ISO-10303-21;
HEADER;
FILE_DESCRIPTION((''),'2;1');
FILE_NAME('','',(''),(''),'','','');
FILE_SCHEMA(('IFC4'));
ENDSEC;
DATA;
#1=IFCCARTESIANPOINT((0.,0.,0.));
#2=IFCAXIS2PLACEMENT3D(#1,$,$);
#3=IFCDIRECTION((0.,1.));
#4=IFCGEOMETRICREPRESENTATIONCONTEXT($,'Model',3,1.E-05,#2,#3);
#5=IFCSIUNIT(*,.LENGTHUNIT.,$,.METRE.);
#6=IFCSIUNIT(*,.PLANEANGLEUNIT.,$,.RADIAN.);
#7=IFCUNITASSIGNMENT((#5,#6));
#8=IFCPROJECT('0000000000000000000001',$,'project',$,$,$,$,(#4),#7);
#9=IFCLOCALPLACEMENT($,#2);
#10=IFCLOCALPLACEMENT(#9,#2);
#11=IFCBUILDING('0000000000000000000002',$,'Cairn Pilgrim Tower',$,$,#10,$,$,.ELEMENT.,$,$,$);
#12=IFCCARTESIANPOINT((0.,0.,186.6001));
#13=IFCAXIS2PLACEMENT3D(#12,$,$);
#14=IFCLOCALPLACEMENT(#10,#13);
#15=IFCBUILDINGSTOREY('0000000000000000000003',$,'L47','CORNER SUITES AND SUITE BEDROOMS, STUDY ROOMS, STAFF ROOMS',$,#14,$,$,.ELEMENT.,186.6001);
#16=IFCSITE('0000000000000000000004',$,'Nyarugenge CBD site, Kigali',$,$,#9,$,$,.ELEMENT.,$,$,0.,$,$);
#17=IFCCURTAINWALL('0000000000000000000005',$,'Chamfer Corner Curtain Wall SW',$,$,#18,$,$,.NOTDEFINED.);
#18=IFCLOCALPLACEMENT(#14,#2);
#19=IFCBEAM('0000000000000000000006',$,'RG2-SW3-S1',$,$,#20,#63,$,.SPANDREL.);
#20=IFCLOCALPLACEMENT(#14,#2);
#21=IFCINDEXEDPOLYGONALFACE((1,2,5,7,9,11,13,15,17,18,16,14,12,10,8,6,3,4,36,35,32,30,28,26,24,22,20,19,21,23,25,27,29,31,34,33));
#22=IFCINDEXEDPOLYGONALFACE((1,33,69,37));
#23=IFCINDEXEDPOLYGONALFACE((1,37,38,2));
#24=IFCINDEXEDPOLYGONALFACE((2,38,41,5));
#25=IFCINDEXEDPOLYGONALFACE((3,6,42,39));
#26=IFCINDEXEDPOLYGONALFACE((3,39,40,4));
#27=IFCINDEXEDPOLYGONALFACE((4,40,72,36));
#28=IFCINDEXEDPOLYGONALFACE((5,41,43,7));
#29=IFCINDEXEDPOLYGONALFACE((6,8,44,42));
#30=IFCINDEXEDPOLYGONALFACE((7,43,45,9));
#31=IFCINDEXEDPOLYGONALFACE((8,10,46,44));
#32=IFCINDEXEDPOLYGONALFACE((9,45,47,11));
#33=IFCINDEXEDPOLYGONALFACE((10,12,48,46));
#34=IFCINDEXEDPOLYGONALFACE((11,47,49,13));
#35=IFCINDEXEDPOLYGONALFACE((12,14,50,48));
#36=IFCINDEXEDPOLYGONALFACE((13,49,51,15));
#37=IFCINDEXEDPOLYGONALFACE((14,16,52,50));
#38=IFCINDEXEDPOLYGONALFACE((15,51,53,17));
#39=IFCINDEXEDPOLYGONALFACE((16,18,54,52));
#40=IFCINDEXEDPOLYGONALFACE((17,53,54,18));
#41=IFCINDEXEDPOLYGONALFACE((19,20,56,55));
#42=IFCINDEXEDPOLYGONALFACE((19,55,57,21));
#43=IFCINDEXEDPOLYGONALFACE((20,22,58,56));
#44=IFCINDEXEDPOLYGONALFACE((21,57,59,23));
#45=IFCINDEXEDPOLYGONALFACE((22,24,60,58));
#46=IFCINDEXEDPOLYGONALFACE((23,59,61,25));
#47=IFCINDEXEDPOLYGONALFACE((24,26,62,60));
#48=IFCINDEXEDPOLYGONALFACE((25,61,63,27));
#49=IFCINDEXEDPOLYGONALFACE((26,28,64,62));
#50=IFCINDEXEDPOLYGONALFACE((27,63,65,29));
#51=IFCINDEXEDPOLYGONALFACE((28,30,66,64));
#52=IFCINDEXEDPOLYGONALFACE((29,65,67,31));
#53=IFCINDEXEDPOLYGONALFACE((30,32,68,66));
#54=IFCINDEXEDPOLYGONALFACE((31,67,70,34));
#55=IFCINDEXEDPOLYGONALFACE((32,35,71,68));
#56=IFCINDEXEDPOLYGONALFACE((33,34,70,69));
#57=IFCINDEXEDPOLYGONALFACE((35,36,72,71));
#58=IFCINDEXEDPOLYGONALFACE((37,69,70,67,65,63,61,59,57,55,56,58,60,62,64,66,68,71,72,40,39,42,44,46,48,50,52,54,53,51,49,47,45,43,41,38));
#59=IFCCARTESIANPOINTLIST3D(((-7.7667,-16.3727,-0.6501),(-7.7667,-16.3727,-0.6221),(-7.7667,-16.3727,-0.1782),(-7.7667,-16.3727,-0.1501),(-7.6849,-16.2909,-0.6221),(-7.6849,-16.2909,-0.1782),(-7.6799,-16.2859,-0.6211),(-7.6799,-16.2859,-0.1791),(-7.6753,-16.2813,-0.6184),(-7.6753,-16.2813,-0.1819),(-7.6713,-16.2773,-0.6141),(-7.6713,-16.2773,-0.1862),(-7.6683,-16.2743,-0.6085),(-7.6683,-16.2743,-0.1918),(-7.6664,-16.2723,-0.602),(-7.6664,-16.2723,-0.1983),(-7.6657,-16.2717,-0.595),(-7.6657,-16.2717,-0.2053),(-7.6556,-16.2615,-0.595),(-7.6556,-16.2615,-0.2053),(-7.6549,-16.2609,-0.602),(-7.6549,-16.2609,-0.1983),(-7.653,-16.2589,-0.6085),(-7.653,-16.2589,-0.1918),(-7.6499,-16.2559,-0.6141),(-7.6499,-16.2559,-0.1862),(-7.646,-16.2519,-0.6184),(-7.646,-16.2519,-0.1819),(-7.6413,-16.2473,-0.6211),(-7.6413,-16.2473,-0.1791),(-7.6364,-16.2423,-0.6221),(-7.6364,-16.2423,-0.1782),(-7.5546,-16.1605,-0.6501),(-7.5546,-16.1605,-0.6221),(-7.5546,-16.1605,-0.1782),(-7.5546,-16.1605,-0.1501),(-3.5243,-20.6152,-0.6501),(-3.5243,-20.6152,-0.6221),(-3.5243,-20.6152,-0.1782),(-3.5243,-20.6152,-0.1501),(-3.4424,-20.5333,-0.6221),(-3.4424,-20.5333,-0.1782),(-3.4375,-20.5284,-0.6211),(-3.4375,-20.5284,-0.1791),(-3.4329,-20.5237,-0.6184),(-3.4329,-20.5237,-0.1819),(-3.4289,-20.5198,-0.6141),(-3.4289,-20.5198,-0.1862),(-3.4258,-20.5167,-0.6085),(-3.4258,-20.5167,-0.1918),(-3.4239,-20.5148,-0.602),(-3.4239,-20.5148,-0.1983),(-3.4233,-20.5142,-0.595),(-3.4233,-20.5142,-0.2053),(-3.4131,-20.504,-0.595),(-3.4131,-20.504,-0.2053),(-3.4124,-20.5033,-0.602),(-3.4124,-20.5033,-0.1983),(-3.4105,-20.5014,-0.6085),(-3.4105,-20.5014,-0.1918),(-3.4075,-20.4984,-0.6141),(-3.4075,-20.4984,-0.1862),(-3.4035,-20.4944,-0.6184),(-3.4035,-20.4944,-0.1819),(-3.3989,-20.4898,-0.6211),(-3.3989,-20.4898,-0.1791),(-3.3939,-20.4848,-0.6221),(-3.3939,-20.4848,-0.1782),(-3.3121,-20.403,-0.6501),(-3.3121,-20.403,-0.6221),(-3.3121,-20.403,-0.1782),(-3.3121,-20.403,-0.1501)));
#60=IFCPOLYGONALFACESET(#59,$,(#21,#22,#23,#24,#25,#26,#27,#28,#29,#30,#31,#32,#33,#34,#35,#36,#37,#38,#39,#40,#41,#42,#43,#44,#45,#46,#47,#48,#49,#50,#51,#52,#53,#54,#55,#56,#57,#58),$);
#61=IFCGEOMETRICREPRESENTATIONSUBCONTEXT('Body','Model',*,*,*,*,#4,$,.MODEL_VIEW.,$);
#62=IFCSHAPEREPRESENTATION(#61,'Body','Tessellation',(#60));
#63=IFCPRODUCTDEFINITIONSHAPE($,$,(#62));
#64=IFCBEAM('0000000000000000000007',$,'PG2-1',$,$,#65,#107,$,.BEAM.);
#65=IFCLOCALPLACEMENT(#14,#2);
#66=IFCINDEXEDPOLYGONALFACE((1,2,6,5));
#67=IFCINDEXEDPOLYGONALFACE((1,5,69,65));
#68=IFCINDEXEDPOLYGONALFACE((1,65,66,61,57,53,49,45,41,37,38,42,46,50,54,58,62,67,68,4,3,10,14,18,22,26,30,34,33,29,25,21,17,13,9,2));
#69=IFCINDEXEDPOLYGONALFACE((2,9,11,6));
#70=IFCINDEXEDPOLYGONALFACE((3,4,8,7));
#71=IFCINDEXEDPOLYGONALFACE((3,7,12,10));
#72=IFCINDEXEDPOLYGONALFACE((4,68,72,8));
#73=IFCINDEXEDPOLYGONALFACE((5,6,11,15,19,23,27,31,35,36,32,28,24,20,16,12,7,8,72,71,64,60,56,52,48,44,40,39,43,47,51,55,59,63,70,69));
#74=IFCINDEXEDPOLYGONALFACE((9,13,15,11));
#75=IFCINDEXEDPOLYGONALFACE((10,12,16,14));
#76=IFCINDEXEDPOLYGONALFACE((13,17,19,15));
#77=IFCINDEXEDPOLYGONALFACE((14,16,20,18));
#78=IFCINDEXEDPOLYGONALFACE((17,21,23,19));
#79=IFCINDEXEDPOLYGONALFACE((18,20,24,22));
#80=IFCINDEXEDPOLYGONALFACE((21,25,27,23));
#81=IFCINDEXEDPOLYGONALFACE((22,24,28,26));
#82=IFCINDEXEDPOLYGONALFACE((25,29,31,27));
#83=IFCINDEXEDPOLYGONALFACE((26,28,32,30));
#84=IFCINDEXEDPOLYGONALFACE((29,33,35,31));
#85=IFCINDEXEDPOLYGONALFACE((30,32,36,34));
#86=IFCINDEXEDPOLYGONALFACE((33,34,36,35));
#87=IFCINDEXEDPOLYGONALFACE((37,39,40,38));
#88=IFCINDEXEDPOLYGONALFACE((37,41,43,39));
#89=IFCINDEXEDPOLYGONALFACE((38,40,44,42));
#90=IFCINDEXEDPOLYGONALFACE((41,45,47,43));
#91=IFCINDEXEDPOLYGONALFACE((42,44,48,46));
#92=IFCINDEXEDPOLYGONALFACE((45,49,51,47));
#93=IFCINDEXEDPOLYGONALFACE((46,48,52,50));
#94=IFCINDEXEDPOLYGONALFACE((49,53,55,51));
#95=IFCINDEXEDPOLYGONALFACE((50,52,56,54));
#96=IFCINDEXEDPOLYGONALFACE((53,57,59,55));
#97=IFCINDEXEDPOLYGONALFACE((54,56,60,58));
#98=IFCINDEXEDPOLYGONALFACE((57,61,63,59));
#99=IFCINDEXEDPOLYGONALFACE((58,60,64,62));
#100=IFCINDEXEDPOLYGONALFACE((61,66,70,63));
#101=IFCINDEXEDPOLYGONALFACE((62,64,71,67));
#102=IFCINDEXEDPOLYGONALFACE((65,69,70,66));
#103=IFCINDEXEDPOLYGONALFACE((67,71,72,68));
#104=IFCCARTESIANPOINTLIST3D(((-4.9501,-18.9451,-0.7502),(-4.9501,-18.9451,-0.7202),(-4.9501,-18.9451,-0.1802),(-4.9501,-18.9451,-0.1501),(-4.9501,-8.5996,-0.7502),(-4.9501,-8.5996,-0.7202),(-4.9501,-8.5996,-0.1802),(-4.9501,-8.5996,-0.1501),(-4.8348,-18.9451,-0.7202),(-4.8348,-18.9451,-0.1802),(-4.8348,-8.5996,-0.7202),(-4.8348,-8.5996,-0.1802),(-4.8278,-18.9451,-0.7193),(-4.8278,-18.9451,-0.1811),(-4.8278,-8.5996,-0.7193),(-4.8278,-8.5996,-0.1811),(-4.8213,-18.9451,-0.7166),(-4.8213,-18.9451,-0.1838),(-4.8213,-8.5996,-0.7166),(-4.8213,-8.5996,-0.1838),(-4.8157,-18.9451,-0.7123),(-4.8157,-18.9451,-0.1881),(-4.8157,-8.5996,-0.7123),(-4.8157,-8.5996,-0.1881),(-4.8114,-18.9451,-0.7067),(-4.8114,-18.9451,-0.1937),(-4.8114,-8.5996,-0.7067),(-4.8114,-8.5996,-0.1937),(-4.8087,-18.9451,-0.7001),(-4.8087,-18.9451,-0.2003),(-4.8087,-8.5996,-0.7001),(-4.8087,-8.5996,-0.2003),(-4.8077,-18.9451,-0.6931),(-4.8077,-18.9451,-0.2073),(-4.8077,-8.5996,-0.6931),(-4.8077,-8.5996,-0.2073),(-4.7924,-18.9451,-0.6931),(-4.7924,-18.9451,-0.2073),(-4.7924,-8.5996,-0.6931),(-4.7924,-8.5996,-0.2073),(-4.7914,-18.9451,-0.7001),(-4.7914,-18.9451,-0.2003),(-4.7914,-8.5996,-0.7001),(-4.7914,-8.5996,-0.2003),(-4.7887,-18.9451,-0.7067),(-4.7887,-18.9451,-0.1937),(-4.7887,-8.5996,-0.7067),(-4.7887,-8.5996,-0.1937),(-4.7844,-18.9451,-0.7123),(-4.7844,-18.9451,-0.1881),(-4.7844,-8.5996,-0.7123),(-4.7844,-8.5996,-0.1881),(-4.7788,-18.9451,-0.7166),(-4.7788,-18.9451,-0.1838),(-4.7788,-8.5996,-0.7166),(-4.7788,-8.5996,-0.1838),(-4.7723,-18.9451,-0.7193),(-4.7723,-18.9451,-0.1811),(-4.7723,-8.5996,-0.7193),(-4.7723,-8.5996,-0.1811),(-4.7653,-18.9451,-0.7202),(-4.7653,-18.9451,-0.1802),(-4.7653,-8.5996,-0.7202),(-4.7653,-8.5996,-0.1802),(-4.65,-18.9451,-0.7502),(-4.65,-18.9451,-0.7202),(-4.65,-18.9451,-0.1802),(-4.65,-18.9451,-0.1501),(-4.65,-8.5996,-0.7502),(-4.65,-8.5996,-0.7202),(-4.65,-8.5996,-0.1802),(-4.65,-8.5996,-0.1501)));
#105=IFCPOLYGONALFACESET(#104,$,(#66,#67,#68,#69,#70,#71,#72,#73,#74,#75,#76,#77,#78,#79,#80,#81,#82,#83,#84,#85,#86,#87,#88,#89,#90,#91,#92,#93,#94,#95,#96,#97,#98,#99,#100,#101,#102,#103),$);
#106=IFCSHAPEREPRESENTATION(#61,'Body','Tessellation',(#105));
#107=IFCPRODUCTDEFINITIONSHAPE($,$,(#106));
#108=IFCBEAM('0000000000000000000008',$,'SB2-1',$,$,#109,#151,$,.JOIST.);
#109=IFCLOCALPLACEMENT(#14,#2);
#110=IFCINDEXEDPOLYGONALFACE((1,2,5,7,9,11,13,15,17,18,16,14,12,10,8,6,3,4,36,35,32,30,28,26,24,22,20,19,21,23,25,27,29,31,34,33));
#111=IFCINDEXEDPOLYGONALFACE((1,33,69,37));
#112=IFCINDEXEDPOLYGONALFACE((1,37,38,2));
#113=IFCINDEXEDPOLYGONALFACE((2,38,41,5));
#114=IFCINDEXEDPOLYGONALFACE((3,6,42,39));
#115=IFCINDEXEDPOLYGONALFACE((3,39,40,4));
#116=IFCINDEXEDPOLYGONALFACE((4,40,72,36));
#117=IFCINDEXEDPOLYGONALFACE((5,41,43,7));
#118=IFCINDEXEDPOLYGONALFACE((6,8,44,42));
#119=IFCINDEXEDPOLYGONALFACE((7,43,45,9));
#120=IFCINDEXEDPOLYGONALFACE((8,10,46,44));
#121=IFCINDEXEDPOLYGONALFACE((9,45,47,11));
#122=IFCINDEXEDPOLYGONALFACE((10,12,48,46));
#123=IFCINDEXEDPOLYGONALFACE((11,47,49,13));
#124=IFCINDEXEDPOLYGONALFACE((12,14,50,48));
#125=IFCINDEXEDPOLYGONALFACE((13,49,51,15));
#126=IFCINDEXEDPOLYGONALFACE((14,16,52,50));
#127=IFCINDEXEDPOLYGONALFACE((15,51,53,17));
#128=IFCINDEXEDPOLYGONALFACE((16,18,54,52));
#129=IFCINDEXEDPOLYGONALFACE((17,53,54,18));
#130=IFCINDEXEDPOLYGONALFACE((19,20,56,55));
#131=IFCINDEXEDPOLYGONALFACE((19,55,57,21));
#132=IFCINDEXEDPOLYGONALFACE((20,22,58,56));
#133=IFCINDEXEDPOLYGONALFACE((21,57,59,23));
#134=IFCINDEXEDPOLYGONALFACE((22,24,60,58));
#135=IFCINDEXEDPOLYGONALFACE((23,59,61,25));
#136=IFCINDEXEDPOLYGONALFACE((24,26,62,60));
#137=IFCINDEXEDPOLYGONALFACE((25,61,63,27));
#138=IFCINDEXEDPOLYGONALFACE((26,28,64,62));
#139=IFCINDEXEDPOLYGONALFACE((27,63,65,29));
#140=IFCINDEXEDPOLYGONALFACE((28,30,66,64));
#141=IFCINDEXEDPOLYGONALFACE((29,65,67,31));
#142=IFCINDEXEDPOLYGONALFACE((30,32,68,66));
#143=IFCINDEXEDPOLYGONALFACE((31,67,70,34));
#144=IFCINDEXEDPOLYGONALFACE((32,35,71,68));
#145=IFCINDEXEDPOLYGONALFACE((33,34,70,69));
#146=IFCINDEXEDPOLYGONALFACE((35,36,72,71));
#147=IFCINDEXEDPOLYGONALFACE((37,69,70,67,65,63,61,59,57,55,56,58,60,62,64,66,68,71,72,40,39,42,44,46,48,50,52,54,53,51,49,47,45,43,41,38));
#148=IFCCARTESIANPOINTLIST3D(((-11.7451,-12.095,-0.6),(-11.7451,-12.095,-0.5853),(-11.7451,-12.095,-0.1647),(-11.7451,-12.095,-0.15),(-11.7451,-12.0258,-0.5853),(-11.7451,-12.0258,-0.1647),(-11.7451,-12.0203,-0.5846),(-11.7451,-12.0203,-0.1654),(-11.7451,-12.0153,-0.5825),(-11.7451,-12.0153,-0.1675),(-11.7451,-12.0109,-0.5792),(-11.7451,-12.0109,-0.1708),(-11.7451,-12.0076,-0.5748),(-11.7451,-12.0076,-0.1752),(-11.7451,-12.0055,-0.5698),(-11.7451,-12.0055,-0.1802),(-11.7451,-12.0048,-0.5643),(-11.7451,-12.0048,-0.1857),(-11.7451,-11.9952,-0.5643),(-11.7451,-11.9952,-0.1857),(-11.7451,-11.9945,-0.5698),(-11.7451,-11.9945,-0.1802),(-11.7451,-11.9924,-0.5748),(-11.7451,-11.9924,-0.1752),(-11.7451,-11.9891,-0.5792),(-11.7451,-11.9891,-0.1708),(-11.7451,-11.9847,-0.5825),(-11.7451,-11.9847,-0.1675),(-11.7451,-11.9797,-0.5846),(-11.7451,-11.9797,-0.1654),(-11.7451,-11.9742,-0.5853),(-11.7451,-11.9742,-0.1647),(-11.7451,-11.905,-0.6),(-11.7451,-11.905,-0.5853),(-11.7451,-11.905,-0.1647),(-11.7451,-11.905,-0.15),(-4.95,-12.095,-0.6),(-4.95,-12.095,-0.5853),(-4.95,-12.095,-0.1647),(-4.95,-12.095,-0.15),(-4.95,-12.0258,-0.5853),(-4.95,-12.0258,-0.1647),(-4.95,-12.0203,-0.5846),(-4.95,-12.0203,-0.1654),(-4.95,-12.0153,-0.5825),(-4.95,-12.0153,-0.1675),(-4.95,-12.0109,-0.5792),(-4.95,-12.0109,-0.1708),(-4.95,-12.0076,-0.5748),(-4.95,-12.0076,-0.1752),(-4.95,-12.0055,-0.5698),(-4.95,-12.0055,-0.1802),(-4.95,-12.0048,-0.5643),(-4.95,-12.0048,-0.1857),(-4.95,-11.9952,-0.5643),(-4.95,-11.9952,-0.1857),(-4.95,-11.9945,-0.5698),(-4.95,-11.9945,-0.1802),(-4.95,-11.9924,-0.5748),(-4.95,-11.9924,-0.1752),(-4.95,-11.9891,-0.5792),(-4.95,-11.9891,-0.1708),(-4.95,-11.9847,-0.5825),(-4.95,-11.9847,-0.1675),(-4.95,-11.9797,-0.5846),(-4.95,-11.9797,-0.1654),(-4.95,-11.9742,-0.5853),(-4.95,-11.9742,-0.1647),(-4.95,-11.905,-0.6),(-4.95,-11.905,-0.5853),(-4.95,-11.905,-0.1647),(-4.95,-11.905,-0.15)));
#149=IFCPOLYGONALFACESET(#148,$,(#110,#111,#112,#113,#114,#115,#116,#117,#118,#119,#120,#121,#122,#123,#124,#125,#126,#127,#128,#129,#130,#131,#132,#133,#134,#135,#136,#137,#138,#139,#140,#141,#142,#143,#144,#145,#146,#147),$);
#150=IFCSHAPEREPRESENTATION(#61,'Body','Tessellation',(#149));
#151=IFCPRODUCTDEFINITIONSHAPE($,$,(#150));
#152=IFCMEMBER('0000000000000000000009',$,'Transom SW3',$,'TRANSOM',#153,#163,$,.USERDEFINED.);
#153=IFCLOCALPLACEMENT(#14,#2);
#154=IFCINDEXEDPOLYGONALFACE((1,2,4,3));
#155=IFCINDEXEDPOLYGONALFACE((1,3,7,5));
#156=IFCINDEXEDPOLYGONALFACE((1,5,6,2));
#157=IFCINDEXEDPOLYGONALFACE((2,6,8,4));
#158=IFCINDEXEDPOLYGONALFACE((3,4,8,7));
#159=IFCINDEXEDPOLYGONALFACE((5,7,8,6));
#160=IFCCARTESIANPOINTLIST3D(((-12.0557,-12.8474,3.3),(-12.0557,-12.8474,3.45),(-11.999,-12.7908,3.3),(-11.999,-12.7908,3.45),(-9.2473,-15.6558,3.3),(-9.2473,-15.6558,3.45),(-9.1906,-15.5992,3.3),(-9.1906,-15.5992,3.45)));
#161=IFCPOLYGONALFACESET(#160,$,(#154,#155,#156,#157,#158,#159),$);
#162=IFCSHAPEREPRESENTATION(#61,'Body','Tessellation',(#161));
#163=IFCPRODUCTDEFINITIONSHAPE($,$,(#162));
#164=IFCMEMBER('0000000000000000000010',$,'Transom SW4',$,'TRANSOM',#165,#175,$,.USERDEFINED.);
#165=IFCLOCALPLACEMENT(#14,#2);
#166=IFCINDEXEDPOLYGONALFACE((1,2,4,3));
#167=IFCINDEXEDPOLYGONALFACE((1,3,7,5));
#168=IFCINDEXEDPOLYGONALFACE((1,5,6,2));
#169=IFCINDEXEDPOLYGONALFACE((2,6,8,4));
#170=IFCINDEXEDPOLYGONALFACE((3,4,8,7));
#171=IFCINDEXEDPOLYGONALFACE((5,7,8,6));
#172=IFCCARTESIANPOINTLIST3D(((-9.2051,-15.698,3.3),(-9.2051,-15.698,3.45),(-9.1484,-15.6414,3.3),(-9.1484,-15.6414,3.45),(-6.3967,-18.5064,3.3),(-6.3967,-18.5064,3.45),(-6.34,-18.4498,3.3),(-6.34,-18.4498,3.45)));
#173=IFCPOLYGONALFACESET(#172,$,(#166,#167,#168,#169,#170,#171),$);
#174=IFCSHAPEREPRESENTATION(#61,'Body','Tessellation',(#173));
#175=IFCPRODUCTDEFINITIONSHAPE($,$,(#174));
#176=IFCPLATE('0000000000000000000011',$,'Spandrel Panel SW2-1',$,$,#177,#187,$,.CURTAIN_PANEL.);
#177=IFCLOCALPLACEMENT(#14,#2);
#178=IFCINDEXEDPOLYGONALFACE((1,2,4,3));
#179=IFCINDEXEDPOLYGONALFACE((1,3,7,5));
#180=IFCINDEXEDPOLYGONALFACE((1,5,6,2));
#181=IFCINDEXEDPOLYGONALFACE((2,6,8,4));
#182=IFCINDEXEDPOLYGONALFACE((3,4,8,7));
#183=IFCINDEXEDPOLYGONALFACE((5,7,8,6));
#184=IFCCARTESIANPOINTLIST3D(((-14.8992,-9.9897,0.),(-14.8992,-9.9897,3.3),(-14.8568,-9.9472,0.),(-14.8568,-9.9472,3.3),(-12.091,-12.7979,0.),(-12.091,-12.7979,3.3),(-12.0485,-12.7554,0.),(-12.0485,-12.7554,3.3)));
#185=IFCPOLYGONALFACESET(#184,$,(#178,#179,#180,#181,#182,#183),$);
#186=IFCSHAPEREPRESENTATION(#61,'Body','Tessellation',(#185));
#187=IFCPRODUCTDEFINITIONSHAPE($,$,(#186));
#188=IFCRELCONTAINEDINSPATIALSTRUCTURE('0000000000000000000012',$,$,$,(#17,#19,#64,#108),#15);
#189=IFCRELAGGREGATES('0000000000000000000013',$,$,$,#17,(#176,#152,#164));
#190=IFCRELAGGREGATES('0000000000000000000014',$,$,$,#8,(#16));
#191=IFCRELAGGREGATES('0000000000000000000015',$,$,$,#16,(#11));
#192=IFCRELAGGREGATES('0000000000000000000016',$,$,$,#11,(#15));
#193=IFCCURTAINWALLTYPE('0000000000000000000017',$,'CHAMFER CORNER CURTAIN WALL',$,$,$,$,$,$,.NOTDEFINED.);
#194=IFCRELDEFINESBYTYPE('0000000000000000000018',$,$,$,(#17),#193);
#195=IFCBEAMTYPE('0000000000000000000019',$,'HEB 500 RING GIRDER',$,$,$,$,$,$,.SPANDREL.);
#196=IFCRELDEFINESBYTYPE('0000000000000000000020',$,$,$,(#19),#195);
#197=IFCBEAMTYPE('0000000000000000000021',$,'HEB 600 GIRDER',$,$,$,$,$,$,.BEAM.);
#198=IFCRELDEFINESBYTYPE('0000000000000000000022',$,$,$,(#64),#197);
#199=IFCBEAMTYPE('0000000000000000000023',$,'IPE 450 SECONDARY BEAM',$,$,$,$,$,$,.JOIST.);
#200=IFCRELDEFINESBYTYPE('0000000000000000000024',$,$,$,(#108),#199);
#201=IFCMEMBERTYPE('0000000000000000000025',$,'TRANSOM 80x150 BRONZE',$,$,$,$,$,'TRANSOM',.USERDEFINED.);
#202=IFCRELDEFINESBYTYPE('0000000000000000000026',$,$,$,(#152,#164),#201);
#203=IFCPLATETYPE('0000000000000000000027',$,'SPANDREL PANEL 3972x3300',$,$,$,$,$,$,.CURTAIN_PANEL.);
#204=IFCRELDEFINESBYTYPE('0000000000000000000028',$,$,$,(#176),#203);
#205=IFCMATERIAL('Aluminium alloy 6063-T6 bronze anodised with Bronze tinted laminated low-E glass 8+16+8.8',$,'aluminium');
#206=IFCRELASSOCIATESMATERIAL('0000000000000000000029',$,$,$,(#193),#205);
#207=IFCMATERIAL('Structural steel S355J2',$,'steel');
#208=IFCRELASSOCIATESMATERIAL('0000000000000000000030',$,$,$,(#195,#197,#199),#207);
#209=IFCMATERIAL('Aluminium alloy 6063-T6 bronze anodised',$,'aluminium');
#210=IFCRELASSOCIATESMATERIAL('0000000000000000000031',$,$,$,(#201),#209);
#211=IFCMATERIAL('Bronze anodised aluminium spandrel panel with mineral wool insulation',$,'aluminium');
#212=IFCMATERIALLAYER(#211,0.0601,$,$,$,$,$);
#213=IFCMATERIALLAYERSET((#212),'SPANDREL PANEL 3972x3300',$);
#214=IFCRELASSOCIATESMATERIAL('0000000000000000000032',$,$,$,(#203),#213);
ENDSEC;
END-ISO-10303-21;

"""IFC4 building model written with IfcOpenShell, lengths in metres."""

from ifc_helpers import new_model, si_unit, direction, frame, origin, origin_2d, place, context, subcontext, project, spatial, rectangle, i_section, extrude, material, layer, layer_set, material_profile, profile_set, type_object, element, aggregate, save


model = new_model("IFC4")

# Units and contexts
model_context = context("Model", 3, precision=1e-05, world=origin(), true_north=direction((0.0, 1.0)))
body_context = subcontext(model_context, "Body", "Model", "MODEL_VIEW")
ifc_project = project(units=[si_unit("LENGTHUNIT", "METRE"), si_unit("PLANEANGLEUNIT", "RADIAN")], contexts=[model_context])

# Site, building, storey
site_placement = place(None, origin())
site = spatial("IfcSite", under=ifc_project, at=site_placement, Name="Nyarugenge CBD site, Kigali", CompositionType="ELEMENT", RefElevation=0.0)
building_placement = place(site_placement, origin())
building = spatial("IfcBuilding", under=site, at=building_placement, Name="Cairn Pilgrim Tower", CompositionType="ELEMENT")
storey_placement = place(building_placement, frame((0.0, 0.0, 186.6001)))
storey = spatial("IfcBuildingStorey", under=building, at=storey_placement, Name="L47", Description="CORNER SUITES AND SUITE BEDROOMS, STUDY ROOMS, STAFF ROOMS", CompositionType="ELEMENT", Elevation=186.6001)

# Shared definitions
ifc_material_1 = material(Name="Structural steel S355J2", Category="steel")

# Curtain wall
ifc_material_2 = material(Name="Aluminium alloy 6063-T6 bronze anodised with Bronze tinted laminated low-E glass 8+16+8.8", Category="aluminium")
curtain_wall_type = type_object("IfcCurtainWallType", Name="CHAMFER CORNER CURTAIN WALL", PredefinedType="NOTDEFINED", material=ifc_material_2)
curtain_wall_placement = place(storey_placement, origin())
curtain_wall = element("IfcCurtainWall", 1, at=curtain_wall_placement, inside=storey, type_object=curtain_wall_type, Name="Chamfer Corner Curtain Wall SW", PredefinedType="NOTDEFINED")
ifc_material_3 = material(Name="Aluminium alloy 6063-T6 bronze anodised", Category="aluminium")

# Beams
ifc_material_profile_1 = material_profile(ifc_material_1, i_section(OverallWidth=0.3, OverallDepth=0.5, WebThickness=0.0144, FlangeThickness=0.0281, FilletRadius=0.0271, at=origin_2d()), Name="HEB 500")
ifc_profile_set_1 = profile_set([ifc_material_profile_1], Name="Structural steel S355J2")
beam_type_1 = type_object("IfcBeamType", Name="HEB 500 RING GIRDER", PredefinedType="SPANDREL", material=ifc_profile_set_1)
beam_1_placement = place(storey_placement, frame((-7.6606, -16.2666, -0.4001), z_axis=(0.707107, -0.707107, 0.0), x_axis=(0.707107, 0.707107, 0.0)))
element("IfcBeam", 2, at=beam_1_placement, inside=storey, type_object=beam_type_1, Name="RG2-SW3-S1", PredefinedType="SPANDREL", context=body_context, shape_type="SweptSolid", body=[
    extrude(i_section(OverallWidth=0.3, OverallDepth=0.5, WebThickness=0.0144, FlangeThickness=0.0281, FilletRadius=0.0271, at=origin_2d()), origin(), (0.0, 0.0, 1.0), 5.9998),
])
ifc_material_profile_2 = material_profile(ifc_material_1, i_section(OverallWidth=0.3, OverallDepth=0.6001, WebThickness=0.0154, FlangeThickness=0.03, FilletRadius=0.0271, at=origin_2d()), Name="HEB 600")
ifc_profile_set_2 = profile_set([ifc_material_profile_2], Name="Structural steel S355J2")
beam_type_2 = type_object("IfcBeamType", Name="HEB 600 GIRDER", PredefinedType="BEAM", material=ifc_profile_set_2)
beam_2_placement = place(storey_placement, frame((-4.8, -18.9451, -0.4502), z_axis=(0.0, 1.0, 0.0), x_axis=(-1.0, 0.0, 0.0)))
element("IfcBeam", 3, at=beam_2_placement, inside=storey, type_object=beam_type_2, Name="PG2-1", PredefinedType="BEAM", context=body_context, shape_type="SweptSolid", body=[
    extrude(i_section(OverallWidth=0.3, OverallDepth=0.6001, WebThickness=0.0154, FlangeThickness=0.03, FilletRadius=0.0271, at=origin_2d()), origin(), (0.0, 0.0, 1.0), 10.3455),
])
ifc_material_profile_3 = material_profile(ifc_material_1, i_section(OverallWidth=0.1899, OverallDepth=0.45, WebThickness=0.0095, FlangeThickness=0.0146, FilletRadius=0.021, at=origin_2d()), Name="IPE 450")
ifc_profile_set_3 = profile_set([ifc_material_profile_3], Name="Structural steel S355J2")
beam_type_3 = type_object("IfcBeamType", Name="IPE 450 SECONDARY BEAM", PredefinedType="JOIST", material=ifc_profile_set_3)
beam_3_placement = place(storey_placement, frame((-11.7451, -12.0, -0.375), z_axis=(1.0, 0.0, 0.0), x_axis=(0.0, 1.0, 0.0)))
element("IfcBeam", 4, at=beam_3_placement, inside=storey, type_object=beam_type_3, Name="SB2-1", PredefinedType="JOIST", context=body_context, shape_type="SweptSolid", body=[
    extrude(i_section(OverallWidth=0.1899, OverallDepth=0.45, WebThickness=0.0095, FlangeThickness=0.0146, FilletRadius=0.021, at=origin_2d()), origin(), (0.0, 0.0, 1.0), 6.7952),
])

# Members
ifc_material_profile_4 = material_profile(ifc_material_3, rectangle(XDim=0.0801, YDim=0.1499, at=origin_2d()), Name="TRANSOM 80x150 BRONZE")
ifc_profile_set_4 = profile_set([ifc_material_profile_4], Name="Aluminium alloy 6063-T6 bronze anodised")
member_type_1 = type_object("IfcMemberType", Name="TRANSOM 80x150 BRONZE", ElementType="TRANSOM", PredefinedType="USERDEFINED", material=ifc_profile_set_4)
member_1_placement = place(storey_placement, frame((-12.0273, -12.8191, 3.375), z_axis=(0.707107, -0.707107, 0.0), x_axis=(0.707107, 0.707107, 0.0)))
member_1 = element("IfcMember", 5, at=member_1_placement, type_object=member_type_1, Name="Transom SW3", ObjectType="TRANSOM", PredefinedType="USERDEFINED", context=body_context, shape_type="SweptSolid", body=[
    extrude(rectangle(XDim=0.0801, YDim=0.1499, at=origin_2d()), origin(), (0.0, 0.0, 1.0), 3.9717),
])
member_2_placement = place(storey_placement, frame((-9.1768, -15.6697, 3.375), z_axis=(0.707107, -0.707107, 0.0), x_axis=(0.707107, 0.707107, 0.0)))
member_2 = element("IfcMember", 6, at=member_2_placement, type_object=member_type_1, Name="Transom SW4", ObjectType="TRANSOM", PredefinedType="USERDEFINED", context=body_context, shape_type="SweptSolid", body=[
    extrude(rectangle(XDim=0.0801, YDim=0.1499, at=origin_2d()), origin(), (0.0, 0.0, 1.0), 3.9717),
])

# Plate
ifc_material_4 = material(Name="Bronze anodised aluminium spandrel panel with mineral wool insulation", Category="aluminium")
ifc_layer_1 = layer(ifc_material_4, 0.0601)
ifc_layer_set_1 = layer_set([ifc_layer_1], Name="SPANDREL PANEL 3972x3300")
plate_type = type_object("IfcPlateType", Name="SPANDREL PANEL 3972x3300", PredefinedType="CURTAIN_PANEL", material=ifc_layer_set_1)
plate_1_placement = place(storey_placement, frame((-13.4739, -11.3726, 0.0), z_axis=(0.0, 0.0, 1.0), x_axis=(0.707107, -0.707107, 0.0)))
plate_1 = element("IfcPlate", 7, at=plate_1_placement, type_object=plate_type, Name="Spandrel Panel SW2-1", PredefinedType="CURTAIN_PANEL", context=body_context, shape_type="SweptSolid", body=[
    extrude(rectangle(XDim=3.9714, YDim=0.0601, at=origin_2d()), origin(), (0.0, 0.0, 1.0), 3.3),
])
aggregate(curtain_wall, [plate_1, member_1, member_2])

save(model, "model.ifc")
